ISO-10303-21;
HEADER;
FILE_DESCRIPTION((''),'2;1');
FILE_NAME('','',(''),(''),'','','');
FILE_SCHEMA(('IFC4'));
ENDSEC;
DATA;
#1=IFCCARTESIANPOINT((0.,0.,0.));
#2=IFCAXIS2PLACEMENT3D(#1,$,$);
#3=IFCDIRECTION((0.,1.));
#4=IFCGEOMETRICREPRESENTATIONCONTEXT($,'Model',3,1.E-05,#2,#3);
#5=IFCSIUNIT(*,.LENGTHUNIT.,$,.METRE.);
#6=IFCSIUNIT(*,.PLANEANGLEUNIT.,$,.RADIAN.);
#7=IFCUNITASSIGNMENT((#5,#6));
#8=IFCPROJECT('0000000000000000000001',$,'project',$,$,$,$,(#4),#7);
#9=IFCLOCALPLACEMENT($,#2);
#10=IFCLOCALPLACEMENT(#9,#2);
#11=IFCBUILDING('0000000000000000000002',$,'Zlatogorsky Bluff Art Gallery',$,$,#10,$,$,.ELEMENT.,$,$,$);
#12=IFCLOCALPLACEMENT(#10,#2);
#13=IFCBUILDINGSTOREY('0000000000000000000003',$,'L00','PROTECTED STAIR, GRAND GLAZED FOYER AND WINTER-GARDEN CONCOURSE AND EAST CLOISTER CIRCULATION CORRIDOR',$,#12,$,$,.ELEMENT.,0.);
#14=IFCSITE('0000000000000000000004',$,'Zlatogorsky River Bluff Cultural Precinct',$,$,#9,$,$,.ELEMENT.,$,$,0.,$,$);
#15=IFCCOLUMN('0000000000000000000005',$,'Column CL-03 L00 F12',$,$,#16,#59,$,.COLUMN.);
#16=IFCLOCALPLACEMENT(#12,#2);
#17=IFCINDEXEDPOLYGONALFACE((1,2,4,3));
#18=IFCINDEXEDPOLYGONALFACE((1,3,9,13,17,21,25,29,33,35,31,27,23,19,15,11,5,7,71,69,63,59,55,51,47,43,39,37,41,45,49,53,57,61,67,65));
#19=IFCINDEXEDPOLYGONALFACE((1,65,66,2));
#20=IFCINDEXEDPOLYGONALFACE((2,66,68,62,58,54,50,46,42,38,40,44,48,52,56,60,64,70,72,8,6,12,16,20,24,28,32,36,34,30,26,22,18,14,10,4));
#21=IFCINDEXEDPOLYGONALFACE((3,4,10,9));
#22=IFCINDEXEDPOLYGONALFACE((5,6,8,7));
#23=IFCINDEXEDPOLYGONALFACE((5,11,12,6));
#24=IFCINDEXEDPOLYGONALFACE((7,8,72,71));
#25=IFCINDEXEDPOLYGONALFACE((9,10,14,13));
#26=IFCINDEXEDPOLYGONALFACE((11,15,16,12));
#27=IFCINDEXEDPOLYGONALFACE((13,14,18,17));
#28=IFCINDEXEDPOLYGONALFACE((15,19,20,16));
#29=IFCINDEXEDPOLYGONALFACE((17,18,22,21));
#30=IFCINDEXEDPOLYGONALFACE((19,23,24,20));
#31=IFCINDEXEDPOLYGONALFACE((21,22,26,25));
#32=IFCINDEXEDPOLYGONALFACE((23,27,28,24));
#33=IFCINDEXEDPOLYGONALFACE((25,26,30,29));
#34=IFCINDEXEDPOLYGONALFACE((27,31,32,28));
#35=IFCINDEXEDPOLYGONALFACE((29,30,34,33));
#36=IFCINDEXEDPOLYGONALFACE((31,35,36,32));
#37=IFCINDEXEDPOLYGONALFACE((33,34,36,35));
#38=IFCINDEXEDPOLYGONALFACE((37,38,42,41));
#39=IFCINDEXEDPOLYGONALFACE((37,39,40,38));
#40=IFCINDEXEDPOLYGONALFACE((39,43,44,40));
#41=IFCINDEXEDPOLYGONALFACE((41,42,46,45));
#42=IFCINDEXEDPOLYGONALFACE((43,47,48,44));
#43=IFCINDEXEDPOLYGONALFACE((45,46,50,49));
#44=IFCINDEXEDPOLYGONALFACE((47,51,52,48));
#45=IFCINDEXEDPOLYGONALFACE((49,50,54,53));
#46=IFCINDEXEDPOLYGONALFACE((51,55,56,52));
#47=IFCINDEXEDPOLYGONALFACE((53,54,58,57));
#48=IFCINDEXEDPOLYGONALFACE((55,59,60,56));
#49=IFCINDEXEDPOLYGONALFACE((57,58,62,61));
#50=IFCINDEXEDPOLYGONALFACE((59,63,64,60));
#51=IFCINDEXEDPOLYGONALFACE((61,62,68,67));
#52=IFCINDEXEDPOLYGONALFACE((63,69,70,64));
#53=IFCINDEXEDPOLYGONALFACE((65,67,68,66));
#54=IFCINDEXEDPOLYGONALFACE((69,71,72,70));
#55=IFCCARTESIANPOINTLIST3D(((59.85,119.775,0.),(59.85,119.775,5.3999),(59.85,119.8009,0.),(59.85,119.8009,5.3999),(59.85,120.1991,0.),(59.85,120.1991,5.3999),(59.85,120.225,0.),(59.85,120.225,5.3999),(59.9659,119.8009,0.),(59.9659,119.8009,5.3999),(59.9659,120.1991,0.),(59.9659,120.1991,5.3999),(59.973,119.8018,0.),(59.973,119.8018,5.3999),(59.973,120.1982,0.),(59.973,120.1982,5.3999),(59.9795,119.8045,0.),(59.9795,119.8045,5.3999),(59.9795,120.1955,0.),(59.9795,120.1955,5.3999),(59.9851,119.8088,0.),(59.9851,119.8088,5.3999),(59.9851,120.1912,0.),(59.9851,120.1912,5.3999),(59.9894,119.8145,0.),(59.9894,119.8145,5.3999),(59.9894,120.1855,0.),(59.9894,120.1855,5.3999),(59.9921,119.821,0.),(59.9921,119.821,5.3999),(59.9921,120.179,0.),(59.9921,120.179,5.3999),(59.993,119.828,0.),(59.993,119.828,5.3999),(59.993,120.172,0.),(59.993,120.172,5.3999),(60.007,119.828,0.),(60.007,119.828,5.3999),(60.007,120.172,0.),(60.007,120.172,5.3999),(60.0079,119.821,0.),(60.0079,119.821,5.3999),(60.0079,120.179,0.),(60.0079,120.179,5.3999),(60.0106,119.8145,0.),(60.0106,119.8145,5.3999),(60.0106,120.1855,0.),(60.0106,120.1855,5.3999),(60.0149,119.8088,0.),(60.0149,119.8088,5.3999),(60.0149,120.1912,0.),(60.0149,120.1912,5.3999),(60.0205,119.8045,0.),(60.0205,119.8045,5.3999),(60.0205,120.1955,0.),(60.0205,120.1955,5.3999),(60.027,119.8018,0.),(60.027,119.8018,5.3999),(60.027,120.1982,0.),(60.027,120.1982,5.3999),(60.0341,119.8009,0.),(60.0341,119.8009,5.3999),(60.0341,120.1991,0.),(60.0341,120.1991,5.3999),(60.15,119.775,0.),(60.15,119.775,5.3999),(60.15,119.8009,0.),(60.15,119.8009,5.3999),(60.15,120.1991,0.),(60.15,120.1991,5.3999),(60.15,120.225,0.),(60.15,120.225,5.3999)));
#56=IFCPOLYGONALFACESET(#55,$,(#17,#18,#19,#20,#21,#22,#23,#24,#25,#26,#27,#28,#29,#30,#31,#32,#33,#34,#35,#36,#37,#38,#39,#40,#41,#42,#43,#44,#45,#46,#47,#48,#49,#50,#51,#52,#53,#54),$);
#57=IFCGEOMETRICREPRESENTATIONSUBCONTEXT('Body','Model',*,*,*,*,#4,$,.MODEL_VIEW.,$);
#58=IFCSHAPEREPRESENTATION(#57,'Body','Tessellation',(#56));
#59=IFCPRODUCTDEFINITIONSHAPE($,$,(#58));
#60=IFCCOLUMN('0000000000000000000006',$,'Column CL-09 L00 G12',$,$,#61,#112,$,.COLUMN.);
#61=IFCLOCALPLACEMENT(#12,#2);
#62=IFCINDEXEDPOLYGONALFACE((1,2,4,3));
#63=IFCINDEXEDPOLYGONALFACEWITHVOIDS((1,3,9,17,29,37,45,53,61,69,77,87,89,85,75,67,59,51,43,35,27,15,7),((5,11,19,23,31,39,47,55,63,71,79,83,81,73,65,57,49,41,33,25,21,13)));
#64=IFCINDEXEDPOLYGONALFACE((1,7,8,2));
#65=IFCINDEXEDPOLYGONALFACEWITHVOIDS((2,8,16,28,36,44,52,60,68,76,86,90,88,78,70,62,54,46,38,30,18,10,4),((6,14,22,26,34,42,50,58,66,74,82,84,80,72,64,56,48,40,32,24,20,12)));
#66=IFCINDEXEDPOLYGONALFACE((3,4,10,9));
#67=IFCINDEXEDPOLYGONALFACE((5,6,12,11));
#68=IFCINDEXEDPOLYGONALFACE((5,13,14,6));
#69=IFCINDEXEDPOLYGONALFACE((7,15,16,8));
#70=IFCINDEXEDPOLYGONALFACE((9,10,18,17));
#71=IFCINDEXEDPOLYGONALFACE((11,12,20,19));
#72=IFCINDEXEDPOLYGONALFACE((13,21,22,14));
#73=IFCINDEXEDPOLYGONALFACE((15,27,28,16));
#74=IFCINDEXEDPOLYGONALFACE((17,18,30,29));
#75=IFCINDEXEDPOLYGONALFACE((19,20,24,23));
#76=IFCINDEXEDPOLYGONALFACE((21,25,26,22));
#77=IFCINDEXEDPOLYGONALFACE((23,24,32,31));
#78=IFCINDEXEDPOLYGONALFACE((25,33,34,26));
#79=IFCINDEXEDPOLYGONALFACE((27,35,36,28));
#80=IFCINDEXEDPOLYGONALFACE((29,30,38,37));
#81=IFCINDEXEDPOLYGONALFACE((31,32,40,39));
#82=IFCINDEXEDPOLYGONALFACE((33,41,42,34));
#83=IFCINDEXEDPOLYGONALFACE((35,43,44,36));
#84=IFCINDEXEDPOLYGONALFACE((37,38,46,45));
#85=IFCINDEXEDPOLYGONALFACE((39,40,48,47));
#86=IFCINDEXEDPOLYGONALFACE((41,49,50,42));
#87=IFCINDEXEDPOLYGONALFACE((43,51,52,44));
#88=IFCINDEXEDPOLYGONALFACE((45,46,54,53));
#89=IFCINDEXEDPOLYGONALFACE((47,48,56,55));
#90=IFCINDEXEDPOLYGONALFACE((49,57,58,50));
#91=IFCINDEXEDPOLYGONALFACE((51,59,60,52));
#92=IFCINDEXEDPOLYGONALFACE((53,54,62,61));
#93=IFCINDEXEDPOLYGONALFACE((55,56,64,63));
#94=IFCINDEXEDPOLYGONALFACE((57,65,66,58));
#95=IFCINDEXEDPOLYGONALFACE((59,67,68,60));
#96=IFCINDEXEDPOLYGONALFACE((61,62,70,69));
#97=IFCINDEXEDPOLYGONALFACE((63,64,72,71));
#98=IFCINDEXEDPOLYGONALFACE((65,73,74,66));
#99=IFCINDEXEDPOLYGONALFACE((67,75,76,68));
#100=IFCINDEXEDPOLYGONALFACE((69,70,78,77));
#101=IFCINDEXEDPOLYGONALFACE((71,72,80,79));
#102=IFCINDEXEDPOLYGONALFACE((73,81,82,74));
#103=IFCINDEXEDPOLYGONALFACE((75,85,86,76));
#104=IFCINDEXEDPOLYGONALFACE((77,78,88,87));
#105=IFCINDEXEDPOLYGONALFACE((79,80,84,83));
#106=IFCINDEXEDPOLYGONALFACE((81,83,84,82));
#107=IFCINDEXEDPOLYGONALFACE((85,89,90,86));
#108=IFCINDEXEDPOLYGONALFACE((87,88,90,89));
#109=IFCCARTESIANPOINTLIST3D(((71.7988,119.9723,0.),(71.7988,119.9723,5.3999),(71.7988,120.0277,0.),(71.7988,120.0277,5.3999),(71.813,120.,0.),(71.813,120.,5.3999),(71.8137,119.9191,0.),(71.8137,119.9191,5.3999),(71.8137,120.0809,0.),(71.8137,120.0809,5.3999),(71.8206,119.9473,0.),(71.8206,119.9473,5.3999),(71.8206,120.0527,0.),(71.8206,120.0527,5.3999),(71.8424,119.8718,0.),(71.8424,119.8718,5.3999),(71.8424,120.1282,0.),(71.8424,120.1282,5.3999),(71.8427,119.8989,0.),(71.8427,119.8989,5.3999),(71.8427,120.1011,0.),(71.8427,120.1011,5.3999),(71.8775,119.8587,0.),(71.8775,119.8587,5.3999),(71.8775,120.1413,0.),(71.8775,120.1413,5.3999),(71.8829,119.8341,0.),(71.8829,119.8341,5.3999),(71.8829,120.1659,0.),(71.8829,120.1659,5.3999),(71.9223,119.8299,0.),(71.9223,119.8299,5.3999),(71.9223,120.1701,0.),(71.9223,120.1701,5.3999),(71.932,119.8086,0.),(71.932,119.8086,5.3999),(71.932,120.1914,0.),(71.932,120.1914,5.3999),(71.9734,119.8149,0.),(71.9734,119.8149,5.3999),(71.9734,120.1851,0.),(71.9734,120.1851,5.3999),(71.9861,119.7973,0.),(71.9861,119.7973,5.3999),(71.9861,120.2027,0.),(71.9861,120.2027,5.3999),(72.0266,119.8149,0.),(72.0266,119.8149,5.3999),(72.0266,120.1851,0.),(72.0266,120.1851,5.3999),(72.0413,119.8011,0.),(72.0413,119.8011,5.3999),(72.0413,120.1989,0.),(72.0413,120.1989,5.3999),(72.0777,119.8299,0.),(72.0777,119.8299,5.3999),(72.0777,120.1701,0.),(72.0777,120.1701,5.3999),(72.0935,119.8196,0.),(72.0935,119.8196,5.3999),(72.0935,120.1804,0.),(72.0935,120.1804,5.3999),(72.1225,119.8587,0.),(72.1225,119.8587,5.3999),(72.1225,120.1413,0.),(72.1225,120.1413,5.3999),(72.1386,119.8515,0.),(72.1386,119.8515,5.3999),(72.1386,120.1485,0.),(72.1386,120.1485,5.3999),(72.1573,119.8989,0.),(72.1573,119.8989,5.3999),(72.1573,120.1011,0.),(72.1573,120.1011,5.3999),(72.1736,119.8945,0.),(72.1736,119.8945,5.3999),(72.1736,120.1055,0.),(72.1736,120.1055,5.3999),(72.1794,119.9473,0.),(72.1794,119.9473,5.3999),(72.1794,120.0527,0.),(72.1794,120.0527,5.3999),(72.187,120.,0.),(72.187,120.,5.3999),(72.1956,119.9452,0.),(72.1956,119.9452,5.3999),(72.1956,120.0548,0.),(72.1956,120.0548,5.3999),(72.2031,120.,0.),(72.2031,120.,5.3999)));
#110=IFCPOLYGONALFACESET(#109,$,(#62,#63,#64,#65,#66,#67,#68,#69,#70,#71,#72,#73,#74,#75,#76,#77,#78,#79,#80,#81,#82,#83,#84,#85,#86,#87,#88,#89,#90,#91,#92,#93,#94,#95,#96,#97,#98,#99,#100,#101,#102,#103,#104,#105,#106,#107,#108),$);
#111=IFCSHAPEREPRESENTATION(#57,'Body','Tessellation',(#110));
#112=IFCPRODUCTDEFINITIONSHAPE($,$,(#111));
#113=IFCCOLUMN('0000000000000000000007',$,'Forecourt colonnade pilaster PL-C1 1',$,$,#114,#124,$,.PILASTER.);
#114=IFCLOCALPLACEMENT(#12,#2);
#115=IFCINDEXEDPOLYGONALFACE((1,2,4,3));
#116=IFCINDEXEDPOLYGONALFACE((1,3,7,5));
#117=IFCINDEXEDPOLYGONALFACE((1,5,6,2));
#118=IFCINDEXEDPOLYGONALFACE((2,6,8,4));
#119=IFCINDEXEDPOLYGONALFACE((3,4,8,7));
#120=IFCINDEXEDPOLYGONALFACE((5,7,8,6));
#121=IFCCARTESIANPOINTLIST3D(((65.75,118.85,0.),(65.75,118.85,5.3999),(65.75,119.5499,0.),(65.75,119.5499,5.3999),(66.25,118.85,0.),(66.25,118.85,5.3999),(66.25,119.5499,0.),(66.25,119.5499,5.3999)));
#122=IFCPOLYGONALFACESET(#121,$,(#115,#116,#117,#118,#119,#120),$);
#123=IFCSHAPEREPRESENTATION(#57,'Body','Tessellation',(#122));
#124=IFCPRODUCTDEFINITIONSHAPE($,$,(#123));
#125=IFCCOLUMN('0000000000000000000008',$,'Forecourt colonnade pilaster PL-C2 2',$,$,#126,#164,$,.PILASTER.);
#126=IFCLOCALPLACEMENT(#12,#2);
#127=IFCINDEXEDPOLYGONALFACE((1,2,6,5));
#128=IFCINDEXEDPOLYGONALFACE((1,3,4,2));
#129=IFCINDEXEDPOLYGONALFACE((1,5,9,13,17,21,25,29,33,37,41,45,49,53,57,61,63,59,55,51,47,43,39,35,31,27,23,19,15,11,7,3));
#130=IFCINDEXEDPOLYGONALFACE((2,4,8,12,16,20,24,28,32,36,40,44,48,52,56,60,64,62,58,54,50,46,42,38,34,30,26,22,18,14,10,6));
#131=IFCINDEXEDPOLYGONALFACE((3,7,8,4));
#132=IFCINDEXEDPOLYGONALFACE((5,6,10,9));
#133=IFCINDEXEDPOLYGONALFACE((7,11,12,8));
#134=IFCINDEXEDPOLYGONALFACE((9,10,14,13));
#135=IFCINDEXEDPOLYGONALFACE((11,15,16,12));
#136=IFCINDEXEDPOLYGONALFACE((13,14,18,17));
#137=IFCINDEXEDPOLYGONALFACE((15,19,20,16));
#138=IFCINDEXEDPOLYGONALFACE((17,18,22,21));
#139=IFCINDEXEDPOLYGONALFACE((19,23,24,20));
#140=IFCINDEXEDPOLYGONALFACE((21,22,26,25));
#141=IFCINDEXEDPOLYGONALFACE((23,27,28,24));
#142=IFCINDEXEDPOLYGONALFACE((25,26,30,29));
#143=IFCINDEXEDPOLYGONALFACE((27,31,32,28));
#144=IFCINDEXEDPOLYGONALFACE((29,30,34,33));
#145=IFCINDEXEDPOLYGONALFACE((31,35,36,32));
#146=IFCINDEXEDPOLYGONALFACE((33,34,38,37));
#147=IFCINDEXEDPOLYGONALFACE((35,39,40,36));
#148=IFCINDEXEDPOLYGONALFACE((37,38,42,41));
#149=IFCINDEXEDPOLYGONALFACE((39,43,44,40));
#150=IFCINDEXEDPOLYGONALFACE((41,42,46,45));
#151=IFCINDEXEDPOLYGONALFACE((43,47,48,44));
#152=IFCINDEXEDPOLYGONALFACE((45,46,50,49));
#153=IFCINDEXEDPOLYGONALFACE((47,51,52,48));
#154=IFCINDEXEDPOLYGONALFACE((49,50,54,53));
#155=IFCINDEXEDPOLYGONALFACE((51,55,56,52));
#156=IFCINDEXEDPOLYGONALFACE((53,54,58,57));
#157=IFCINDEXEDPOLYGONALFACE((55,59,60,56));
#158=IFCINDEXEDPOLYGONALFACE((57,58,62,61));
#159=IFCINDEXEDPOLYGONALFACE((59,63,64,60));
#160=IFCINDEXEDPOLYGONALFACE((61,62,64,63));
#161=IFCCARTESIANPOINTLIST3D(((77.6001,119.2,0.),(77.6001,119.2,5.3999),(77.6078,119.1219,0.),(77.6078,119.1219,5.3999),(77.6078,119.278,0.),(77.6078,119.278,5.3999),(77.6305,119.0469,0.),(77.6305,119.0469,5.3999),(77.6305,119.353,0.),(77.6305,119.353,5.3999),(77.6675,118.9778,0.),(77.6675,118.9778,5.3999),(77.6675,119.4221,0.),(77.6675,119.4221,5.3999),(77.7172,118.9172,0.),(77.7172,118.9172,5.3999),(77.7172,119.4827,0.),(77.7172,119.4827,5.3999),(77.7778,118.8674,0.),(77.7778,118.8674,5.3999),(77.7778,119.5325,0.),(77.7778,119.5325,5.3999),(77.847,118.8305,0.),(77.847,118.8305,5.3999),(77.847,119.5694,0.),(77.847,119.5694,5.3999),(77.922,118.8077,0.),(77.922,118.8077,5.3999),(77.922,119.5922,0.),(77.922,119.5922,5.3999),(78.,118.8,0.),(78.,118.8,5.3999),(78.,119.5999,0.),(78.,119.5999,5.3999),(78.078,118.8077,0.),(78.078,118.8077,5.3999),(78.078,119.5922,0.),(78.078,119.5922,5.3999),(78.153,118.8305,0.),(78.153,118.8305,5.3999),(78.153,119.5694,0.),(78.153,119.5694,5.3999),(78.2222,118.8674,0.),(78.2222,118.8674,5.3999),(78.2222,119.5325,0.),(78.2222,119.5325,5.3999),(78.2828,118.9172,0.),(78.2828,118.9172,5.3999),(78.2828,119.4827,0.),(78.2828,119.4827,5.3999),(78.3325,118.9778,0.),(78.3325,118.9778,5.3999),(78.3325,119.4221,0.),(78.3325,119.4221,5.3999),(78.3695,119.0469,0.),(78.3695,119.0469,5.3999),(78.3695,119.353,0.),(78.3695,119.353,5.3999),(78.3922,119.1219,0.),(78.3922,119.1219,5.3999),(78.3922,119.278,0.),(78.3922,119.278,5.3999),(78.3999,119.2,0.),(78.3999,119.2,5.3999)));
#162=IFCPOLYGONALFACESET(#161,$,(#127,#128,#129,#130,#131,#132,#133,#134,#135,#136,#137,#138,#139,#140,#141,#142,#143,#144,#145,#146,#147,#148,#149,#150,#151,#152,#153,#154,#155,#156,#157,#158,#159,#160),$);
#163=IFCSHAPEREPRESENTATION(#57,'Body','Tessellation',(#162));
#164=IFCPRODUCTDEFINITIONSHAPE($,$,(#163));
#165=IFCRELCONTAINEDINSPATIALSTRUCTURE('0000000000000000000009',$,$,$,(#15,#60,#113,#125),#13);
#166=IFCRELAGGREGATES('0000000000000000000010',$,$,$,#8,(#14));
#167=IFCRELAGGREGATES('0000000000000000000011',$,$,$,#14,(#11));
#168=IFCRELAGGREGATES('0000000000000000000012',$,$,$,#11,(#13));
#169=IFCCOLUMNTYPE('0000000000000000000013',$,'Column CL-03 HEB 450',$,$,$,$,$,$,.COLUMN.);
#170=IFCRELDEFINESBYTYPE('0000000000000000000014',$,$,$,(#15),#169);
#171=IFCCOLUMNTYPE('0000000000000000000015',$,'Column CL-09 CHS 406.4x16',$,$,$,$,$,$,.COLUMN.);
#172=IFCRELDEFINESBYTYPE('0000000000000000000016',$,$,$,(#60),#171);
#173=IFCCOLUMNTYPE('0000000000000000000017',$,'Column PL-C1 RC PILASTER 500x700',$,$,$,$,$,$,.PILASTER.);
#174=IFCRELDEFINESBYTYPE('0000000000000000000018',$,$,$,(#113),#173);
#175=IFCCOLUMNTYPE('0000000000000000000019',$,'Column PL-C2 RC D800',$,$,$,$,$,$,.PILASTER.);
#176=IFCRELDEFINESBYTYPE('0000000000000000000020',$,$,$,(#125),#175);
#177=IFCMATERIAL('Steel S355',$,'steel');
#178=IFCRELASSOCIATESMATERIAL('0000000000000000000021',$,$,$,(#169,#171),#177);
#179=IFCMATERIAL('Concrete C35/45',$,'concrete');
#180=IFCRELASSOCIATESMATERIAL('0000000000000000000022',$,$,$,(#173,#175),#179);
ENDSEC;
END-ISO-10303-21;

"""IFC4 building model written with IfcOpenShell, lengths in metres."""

from ifc_helpers import new_model, si_unit, direction, frame, origin, origin_2d, place, context, subcontext, project, spatial, rectangle, circle, hollow_circle, i_section, extrude, material, material_profile, profile_set, type_object, element, save


model = new_model("IFC4")

# Units and contexts
model_context = context("Model", 3, precision=1e-05, world=origin(), true_north=direction((0.0, 1.0)))
body_context = subcontext(model_context, "Body", "Model", "MODEL_VIEW")
ifc_project = project(units=[si_unit("LENGTHUNIT", "METRE"), si_unit("PLANEANGLEUNIT", "RADIAN")], contexts=[model_context])

# Site, building, storey
site_placement = place(None, origin())
site = spatial("IfcSite", under=ifc_project, at=site_placement, Name="Zlatogorsky River Bluff Cultural Precinct", CompositionType="ELEMENT", RefElevation=0.0)
building_placement = place(site_placement, origin())
building = spatial("IfcBuilding", under=site, at=building_placement, Name="Zlatogorsky Bluff Art Gallery", CompositionType="ELEMENT")
storey_placement = place(building_placement, origin())
storey = spatial("IfcBuildingStorey", under=building, at=storey_placement, Name="L00", Description="PROTECTED STAIR, GRAND GLAZED FOYER AND WINTER-GARDEN CONCOURSE AND EAST CLOISTER CIRCULATION CORRIDOR", CompositionType="ELEMENT", Elevation=0.0)

# Columns
ifc_material_1 = material(Name="Steel S355", Category="steel")
ifc_material_profile_1 = material_profile(ifc_material_1, i_section(OverallWidth=0.3, OverallDepth=0.45, WebThickness=0.0139, FlangeThickness=0.0259, FilletRadius=0.0271, at=origin_2d()), Name="HEB 450")
ifc_profile_set_1 = profile_set([ifc_material_profile_1], Name="Steel S355")
column_type_1 = type_object("IfcColumnType", Name="Column CL-03 HEB 450", PredefinedType="COLUMN", material=ifc_profile_set_1)
column_1_placement = place(storey_placement, frame((60.0, 120.0, 0.0), z_axis=(0.0, 0.0, 1.0), x_axis=(1.0, 0.0, 0.0)))
element("IfcColumn", 1, at=column_1_placement, inside=storey, type_object=column_type_1, Name="Column CL-03 L00 F12", PredefinedType="COLUMN", context=body_context, shape_type="SweptSolid", body=[
    extrude(i_section(OverallWidth=0.3, OverallDepth=0.45, WebThickness=0.0139, FlangeThickness=0.0259, FilletRadius=0.0271, at=origin_2d()), origin(), (0.0, 0.0, 1.0), 5.3999),
])
ifc_material_profile_2 = material_profile(ifc_material_1, hollow_circle(Radius=0.2031, WallThickness=0.0161, at=origin_2d()), Name="CHS 406.4x16")
ifc_profile_set_2 = profile_set([ifc_material_profile_2], Name="Steel S355")
column_type_2 = type_object("IfcColumnType", Name="Column CL-09 CHS 406.4x16", PredefinedType="COLUMN", material=ifc_profile_set_2)
column_2_placement = place(storey_placement, frame((72.0, 120.0, 0.0), z_axis=(0.0, 0.0, 1.0), x_axis=(1.0, 0.0, 0.0)))
element("IfcColumn", 2, at=column_2_placement, inside=storey, type_object=column_type_2, Name="Column CL-09 L00 G12", PredefinedType="COLUMN", context=body_context, shape_type="SweptSolid", body=[
    extrude(hollow_circle(Radius=0.2031, WallThickness=0.0161, at=origin_2d()), origin(), (0.0, 0.0, 1.0), 5.3999),
])
ifc_material_2 = material(Name="Concrete C35/45", Category="concrete")
ifc_material_profile_3 = material_profile(ifc_material_2, rectangle(XDim=0.5, YDim=0.7, at=origin_2d()), Name="RC PILASTER 500x700")
ifc_profile_set_3 = profile_set([ifc_material_profile_3], Name="Concrete C35/45")
column_type_3 = type_object("IfcColumnType", Name="Column PL-C1 RC PILASTER 500x700", PredefinedType="PILASTER", material=ifc_profile_set_3)
column_3_placement = place(storey_placement, frame((66.0, 119.2, 0.0), z_axis=(0.0, 0.0, 1.0), x_axis=(1.0, 0.0, 0.0)))
element("IfcColumn", 3, at=column_3_placement, inside=storey, type_object=column_type_3, Name="Forecourt colonnade pilaster PL-C1 1", PredefinedType="PILASTER", context=body_context, shape_type="SweptSolid", body=[
    extrude(rectangle(XDim=0.5, YDim=0.7, at=origin_2d()), origin(), (0.0, 0.0, 1.0), 5.3999),
])
ifc_material_profile_4 = material_profile(ifc_material_2, circle(Radius=0.3999, at=origin_2d()), Name="RC D800")
ifc_profile_set_4 = profile_set([ifc_material_profile_4], Name="Concrete C35/45")
column_type_4 = type_object("IfcColumnType", Name="Column PL-C2 RC D800", PredefinedType="PILASTER", material=ifc_profile_set_4)
column_4_placement = place(storey_placement, frame((78.0, 119.2, 0.0), z_axis=(0.0, 0.0, 1.0), x_axis=(1.0, 0.0, 0.0)))
element("IfcColumn", 4, at=column_4_placement, inside=storey, type_object=column_type_4, Name="Forecourt colonnade pilaster PL-C2 2", PredefinedType="PILASTER", context=body_context, shape_type="SweptSolid", body=[
    extrude(circle(Radius=0.3999, at=origin_2d()), origin(), (0.0, 0.0, 1.0), 5.3999),
])

save(model, "model.ifc")
